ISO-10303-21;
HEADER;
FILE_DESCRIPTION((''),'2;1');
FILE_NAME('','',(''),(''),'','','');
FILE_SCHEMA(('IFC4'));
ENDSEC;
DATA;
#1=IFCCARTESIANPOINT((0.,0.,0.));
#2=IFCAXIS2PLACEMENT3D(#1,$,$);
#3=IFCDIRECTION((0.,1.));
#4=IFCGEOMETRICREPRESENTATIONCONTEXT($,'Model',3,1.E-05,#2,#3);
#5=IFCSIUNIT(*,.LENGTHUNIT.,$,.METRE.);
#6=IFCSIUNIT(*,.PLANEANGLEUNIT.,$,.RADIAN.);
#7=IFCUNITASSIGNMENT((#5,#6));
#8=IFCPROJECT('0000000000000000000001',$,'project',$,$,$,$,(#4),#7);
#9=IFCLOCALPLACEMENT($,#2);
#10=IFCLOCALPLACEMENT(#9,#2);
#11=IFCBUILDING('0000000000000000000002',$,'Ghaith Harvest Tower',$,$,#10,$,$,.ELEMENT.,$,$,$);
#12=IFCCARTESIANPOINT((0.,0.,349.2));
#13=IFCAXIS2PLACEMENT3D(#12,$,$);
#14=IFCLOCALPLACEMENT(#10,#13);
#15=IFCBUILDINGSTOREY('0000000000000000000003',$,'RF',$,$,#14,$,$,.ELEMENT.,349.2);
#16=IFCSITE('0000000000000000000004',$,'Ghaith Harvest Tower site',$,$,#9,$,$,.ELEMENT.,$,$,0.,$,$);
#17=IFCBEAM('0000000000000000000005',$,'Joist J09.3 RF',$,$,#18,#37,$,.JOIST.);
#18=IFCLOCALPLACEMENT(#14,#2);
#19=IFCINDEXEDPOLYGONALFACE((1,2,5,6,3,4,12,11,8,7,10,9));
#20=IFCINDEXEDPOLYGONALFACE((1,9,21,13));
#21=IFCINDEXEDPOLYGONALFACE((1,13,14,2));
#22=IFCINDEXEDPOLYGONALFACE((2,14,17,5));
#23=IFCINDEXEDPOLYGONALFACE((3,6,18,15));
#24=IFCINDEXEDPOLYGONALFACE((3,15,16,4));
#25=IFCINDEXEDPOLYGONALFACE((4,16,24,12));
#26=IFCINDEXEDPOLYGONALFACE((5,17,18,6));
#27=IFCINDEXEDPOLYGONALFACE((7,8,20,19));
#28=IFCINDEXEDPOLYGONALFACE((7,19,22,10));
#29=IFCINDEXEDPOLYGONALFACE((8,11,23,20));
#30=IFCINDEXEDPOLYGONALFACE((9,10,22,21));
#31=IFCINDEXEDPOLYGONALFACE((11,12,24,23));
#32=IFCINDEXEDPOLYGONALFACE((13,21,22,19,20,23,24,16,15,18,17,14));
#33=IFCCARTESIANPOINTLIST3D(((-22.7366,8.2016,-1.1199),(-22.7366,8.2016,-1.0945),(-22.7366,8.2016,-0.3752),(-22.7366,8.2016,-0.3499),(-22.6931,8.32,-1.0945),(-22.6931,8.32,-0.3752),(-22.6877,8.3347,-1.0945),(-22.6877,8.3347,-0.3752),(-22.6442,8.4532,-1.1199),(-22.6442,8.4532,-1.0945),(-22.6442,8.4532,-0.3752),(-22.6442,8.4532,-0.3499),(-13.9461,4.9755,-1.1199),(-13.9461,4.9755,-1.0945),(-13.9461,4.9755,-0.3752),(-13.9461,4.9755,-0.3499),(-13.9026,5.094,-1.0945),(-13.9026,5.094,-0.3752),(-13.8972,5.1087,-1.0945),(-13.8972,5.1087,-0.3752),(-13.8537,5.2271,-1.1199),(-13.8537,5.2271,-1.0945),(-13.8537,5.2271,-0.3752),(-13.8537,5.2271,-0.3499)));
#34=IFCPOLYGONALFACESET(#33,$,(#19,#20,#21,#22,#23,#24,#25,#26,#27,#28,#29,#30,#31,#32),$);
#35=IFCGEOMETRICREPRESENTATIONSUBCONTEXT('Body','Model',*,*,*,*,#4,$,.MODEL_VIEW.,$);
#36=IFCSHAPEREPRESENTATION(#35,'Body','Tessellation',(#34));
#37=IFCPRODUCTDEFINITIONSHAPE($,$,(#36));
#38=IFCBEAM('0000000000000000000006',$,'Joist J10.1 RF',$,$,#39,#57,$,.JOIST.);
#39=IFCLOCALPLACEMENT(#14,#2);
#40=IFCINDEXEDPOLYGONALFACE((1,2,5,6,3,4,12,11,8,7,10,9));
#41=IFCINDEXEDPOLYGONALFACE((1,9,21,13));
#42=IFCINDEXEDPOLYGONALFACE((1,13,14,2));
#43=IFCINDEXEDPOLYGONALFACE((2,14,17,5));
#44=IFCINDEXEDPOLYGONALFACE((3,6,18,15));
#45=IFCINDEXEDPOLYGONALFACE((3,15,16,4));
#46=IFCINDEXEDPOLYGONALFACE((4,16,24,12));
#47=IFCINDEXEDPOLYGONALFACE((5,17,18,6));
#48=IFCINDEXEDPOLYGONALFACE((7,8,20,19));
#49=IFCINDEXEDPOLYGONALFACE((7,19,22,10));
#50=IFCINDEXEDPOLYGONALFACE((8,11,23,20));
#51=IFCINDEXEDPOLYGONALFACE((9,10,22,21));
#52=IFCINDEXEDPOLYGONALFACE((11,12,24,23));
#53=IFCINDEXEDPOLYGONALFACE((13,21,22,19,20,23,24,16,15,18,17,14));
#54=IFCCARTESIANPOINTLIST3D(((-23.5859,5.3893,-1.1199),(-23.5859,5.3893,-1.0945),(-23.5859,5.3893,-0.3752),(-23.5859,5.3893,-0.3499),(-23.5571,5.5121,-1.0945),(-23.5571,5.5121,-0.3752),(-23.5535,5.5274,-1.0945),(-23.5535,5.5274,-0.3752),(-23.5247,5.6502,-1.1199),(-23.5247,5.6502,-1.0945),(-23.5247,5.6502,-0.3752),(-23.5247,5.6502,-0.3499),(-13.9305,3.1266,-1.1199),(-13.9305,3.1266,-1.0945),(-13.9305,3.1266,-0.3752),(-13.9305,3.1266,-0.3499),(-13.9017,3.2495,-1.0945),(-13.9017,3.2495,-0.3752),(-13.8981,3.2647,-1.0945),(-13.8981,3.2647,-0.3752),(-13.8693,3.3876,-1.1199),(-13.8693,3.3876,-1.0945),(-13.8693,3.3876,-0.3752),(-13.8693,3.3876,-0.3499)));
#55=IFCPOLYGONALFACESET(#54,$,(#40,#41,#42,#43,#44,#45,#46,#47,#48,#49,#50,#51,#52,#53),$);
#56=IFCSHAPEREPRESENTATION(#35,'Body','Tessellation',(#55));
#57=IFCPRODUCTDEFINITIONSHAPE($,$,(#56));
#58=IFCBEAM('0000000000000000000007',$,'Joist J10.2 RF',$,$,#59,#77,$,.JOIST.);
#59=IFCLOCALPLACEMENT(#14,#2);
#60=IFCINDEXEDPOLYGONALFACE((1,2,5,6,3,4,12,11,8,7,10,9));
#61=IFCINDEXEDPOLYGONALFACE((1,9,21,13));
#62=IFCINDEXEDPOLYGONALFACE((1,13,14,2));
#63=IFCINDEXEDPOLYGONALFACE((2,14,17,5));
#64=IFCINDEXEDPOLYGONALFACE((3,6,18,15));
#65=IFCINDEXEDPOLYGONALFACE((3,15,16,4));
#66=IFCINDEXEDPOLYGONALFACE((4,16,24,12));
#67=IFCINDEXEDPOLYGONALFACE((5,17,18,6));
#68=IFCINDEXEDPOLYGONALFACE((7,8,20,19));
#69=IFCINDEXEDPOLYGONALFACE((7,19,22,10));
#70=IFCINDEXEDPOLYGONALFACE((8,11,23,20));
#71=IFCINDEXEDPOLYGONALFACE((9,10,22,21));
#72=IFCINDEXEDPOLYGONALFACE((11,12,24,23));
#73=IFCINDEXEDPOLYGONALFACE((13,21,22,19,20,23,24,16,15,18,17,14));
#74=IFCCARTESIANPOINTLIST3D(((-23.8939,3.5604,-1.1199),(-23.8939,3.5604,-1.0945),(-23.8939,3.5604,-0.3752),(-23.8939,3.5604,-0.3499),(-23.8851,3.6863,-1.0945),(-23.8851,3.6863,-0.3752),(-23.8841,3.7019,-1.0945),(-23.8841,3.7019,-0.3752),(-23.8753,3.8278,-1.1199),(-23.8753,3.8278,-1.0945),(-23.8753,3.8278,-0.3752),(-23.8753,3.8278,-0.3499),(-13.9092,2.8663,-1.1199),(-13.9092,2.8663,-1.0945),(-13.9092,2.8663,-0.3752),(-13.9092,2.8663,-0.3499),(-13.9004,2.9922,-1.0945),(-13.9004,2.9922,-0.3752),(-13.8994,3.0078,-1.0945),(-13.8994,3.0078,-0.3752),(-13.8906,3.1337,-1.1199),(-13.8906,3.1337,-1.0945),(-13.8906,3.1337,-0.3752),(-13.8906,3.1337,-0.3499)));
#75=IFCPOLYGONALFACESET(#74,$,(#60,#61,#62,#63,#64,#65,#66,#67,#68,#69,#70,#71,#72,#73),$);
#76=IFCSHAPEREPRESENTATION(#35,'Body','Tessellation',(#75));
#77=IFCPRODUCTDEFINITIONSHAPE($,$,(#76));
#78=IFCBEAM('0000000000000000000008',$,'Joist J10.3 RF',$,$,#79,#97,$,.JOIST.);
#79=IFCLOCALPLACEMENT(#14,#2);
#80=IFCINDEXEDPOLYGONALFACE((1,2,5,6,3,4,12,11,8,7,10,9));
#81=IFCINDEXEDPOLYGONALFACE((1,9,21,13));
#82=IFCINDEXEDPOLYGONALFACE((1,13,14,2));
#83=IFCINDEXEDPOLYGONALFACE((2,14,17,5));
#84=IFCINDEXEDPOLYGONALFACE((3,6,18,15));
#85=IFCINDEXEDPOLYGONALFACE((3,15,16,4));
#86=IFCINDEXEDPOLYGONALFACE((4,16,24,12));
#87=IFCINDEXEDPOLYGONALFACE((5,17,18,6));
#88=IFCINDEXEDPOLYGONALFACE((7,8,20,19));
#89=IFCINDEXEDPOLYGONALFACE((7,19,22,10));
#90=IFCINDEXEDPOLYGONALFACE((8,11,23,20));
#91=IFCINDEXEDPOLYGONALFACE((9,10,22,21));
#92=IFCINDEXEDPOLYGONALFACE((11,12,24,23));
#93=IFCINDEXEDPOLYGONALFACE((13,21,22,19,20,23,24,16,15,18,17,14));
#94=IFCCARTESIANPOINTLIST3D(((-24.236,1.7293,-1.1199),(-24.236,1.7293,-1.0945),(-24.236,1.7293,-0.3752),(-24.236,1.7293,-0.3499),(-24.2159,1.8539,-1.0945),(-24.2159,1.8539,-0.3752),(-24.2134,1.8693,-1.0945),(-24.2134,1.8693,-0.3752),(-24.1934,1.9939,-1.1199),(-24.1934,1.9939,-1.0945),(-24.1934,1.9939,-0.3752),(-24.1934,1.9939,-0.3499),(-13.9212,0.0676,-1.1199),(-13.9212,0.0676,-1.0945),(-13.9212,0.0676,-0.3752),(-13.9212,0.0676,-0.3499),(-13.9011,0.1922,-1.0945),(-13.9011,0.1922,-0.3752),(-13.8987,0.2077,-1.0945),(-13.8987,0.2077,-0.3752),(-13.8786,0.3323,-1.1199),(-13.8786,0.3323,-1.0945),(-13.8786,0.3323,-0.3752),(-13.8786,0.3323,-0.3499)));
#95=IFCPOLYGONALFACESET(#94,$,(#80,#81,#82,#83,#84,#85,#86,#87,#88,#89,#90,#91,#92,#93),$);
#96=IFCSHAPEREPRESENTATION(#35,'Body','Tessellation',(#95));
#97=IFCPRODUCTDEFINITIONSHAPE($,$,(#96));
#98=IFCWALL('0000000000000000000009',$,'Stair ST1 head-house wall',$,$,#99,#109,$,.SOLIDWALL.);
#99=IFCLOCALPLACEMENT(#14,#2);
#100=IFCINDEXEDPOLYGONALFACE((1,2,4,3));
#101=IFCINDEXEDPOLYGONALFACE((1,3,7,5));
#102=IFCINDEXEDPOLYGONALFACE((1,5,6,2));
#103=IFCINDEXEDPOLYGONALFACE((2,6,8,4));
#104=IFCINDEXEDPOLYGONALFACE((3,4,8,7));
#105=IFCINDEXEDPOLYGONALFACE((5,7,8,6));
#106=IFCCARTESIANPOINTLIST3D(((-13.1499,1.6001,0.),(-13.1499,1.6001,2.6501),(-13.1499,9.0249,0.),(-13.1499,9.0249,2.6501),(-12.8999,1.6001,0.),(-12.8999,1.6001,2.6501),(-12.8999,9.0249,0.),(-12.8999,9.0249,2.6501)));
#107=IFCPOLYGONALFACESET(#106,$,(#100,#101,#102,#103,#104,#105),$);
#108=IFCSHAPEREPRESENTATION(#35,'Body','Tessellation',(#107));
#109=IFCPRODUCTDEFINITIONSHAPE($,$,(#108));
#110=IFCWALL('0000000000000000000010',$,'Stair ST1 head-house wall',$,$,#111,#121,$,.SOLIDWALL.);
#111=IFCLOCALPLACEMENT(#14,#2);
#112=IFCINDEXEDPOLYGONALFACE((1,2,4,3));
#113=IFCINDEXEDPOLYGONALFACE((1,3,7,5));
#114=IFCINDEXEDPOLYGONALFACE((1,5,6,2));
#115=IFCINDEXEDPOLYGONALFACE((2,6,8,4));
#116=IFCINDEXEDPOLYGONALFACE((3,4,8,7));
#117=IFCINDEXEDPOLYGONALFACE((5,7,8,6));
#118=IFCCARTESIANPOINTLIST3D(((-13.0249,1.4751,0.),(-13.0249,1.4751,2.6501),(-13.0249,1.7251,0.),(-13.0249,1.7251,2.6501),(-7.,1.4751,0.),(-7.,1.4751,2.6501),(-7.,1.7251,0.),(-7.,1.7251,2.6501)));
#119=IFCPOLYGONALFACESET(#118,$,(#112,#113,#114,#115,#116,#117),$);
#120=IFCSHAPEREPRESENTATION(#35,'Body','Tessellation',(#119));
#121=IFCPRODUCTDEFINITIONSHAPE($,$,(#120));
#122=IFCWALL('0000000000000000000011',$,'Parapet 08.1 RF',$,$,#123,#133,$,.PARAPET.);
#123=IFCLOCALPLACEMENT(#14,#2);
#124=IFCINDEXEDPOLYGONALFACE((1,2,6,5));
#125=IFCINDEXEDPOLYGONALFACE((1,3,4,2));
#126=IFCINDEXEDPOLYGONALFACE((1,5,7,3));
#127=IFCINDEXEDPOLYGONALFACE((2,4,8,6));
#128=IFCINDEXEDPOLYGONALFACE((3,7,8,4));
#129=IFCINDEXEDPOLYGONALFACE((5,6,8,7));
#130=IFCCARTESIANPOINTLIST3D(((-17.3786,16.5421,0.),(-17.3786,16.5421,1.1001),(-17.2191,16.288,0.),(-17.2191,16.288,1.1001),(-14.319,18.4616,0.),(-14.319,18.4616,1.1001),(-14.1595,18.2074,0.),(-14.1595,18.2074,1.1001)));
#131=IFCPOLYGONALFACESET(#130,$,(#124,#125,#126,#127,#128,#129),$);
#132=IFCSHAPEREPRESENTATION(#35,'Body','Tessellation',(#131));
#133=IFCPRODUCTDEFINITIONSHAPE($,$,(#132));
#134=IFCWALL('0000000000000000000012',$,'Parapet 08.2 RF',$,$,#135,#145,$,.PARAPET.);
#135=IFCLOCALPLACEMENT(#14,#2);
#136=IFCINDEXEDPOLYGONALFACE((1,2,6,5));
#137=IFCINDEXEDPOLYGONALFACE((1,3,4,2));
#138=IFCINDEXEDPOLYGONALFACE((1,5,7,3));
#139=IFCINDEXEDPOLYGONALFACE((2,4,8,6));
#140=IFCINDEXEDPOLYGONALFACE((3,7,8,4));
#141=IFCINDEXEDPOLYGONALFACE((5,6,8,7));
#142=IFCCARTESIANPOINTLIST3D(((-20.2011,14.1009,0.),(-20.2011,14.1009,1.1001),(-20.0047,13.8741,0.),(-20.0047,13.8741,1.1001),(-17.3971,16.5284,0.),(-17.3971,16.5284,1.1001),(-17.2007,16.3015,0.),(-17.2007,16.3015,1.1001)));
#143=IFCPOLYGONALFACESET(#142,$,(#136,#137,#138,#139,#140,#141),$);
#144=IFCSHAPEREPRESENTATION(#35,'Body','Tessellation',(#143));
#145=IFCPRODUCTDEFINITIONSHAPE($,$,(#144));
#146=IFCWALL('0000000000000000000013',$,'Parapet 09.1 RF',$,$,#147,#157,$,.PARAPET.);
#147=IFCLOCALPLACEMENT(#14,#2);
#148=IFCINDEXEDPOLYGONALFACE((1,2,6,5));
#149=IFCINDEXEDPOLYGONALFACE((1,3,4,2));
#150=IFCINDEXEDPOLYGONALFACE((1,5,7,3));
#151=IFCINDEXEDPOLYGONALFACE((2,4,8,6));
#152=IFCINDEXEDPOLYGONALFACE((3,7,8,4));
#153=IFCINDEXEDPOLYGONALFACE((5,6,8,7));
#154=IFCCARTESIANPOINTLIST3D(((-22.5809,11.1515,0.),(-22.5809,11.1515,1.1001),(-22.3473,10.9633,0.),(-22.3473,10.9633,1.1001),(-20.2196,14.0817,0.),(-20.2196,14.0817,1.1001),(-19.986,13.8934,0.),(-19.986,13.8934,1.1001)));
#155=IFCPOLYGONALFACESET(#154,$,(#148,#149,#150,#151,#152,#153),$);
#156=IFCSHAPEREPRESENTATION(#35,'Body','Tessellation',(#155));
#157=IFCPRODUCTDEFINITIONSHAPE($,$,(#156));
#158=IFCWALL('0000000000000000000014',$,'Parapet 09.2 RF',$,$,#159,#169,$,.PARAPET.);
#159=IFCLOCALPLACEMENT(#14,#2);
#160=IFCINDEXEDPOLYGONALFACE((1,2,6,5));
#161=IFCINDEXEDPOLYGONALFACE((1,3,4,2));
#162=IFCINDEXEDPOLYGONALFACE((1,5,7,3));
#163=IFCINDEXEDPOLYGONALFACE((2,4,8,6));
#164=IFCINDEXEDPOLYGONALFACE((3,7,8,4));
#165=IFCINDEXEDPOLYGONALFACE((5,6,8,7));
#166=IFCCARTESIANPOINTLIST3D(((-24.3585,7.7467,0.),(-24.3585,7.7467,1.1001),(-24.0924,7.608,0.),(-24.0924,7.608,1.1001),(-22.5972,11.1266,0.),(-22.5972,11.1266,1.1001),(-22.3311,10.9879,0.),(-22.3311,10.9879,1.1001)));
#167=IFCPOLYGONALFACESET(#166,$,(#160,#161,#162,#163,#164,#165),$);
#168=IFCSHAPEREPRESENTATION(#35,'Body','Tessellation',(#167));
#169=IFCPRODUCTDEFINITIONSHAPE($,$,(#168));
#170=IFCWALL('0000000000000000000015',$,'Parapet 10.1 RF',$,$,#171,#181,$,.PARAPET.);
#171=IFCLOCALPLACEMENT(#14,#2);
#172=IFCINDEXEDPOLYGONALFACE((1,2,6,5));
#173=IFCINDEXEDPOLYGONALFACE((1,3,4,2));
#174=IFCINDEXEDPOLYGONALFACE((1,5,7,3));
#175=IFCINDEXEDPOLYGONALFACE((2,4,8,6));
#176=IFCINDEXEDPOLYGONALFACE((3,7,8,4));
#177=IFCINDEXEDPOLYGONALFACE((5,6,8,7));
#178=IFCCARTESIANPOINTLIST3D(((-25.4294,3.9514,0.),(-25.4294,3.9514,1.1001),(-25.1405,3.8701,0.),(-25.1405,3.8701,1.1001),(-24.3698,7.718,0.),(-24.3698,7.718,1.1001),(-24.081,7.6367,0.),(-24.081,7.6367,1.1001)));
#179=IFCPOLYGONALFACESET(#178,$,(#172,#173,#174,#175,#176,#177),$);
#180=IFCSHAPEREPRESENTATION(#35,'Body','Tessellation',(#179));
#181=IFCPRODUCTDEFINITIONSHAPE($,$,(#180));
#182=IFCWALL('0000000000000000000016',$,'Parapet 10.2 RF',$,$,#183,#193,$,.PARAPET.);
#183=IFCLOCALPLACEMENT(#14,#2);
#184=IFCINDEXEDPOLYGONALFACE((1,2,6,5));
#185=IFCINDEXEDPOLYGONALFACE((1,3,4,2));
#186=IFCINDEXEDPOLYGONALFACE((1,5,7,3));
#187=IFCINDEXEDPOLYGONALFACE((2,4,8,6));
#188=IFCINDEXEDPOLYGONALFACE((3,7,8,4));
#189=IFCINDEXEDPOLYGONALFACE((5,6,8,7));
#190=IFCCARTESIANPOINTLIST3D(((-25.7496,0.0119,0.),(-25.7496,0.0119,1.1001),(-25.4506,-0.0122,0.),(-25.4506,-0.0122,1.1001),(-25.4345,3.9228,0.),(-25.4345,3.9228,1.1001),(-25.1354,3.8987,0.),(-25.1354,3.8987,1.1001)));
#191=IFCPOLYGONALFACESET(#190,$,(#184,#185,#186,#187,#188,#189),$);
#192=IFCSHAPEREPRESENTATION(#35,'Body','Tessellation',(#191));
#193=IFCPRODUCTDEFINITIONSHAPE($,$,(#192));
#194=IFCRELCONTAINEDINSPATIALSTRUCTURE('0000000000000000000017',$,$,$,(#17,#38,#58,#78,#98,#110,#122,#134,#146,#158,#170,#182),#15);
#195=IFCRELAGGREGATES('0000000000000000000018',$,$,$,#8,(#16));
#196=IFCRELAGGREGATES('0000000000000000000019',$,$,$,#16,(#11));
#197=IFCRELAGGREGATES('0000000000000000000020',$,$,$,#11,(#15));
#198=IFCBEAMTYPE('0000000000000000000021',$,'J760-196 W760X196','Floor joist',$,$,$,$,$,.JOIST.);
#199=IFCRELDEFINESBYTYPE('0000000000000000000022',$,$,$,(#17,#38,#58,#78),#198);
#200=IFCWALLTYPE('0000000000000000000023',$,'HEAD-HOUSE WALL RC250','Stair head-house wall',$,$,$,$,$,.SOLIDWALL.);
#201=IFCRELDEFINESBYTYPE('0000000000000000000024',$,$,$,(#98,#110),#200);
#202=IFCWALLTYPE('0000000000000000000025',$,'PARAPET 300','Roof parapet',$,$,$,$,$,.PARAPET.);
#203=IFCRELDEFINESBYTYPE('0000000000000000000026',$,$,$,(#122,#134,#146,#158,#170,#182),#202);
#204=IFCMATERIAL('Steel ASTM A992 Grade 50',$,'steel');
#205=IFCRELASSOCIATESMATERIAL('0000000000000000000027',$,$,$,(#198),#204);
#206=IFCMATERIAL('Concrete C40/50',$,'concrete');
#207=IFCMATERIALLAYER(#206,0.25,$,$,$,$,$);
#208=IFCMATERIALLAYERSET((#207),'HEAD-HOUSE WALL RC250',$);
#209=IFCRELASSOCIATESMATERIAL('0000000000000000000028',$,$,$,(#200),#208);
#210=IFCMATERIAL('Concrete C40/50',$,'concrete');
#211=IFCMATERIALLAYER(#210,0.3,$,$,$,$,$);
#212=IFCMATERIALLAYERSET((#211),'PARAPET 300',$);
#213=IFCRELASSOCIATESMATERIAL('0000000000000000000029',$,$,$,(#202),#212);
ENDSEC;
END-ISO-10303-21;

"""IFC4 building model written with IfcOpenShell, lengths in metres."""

from ifc_helpers import new_model, si_unit, direction, frame, frame_2d, origin, origin_2d, place, context, subcontext, project, spatial, rectangle, i_section, extrude, material, layer, layer_set, material_profile, profile_set, type_object, element, save


model = new_model("IFC4")

# Units and contexts
model_context = context("Model", 3, precision=1e-05, world=origin(), true_north=direction((0.0, 1.0)))
body_context = subcontext(model_context, "Body", "Model", "MODEL_VIEW")
ifc_project = project(units=[si_unit("LENGTHUNIT", "METRE"), si_unit("PLANEANGLEUNIT", "RADIAN")], contexts=[model_context])

# Site, building, storey
site_placement = place(None, origin())
site = spatial("IfcSite", under=ifc_project, at=site_placement, Name="Ghaith Harvest Tower site", CompositionType="ELEMENT", RefElevation=0.0)
building_placement = place(site_placement, origin())
building = spatial("IfcBuilding", under=site, at=building_placement, Name="Ghaith Harvest Tower", CompositionType="ELEMENT")
storey_placement = place(building_placement, frame((0.0, 0.0, 349.2)))
storey = spatial("IfcBuildingStorey", under=building, at=storey_placement, Name="RF", CompositionType="ELEMENT", Elevation=349.2)

# Beams
ifc_material_1 = material(Name="Steel ASTM A992 Grade 50", Category="steel")
ifc_material_profile_1 = material_profile(ifc_material_1, i_section(OverallWidth=0.2681, OverallDepth=0.77, WebThickness=0.0156, FlangeThickness=0.0254, at=origin_2d()), Name="W760X196")
ifc_profile_set_1 = profile_set([ifc_material_profile_1], Name="Steel ASTM A992 Grade 50")
beam_type_1 = type_object("IfcBeamType", Name="J760-196 W760X196", Description="Floor joist", PredefinedType="JOIST", material=ifc_profile_set_1)
beam_1_placement = place(storey_placement, frame((-13.8999, 5.1013, -0.7349), z_axis=(-0.938777, 0.344526, 0.0), x_axis=(-0.344526, -0.938777, 0.0)))
element("IfcBeam", 1, at=beam_1_placement, inside=storey, type_object=beam_type_1, Name="Joist J09.3 RF", PredefinedType="JOIST", context=body_context, shape_type="SweptSolid", body=[
    extrude(i_section(OverallWidth=0.2681, OverallDepth=0.77, WebThickness=0.0156, FlangeThickness=0.0254, at=origin_2d()), origin(), (0.0, 0.0, 1.0), 9.3638),
])
beam_2_placement = place(storey_placement, frame((-13.8999, 3.2571, -0.7349), z_axis=(-0.973623, 0.228161, 0.0), x_axis=(-0.228161, -0.973623, 0.0)))
element("IfcBeam", 2, at=beam_2_placement, inside=storey, type_object=beam_type_1, Name="Joist J10.1 RF", PredefinedType="JOIST", context=body_context, shape_type="SweptSolid", body=[
    extrude(i_section(OverallWidth=0.2681, OverallDepth=0.77, WebThickness=0.0156, FlangeThickness=0.0254, at=origin_2d()), origin(), (0.0, 0.0, 1.0), 9.917),
])
beam_3_placement = place(storey_placement, frame((-13.8999, 3.0, -0.7349), z_axis=(-0.997592, 0.069349, 0.0), x_axis=(-0.069349, -0.997592, 0.0)))
element("IfcBeam", 3, at=beam_3_placement, inside=storey, type_object=beam_type_1, Name="Joist J10.2 RF", PredefinedType="JOIST", context=body_context, shape_type="SweptSolid", body=[
    extrude(i_section(OverallWidth=0.2681, OverallDepth=0.77, WebThickness=0.0156, FlangeThickness=0.0254, at=origin_2d()), origin(), (0.0, 0.0, 1.0), 10.0088),
])
beam_4_placement = place(storey_placement, frame((-13.8999, 0.2, -0.7349), z_axis=(-0.987272, 0.159042, 0.0), x_axis=(-0.159042, -0.987272, 0.0)))
element("IfcBeam", 4, at=beam_4_placement, inside=storey, type_object=beam_type_1, Name="Joist J10.3 RF", PredefinedType="JOIST", context=body_context, shape_type="SweptSolid", body=[
    extrude(i_section(OverallWidth=0.2681, OverallDepth=0.77, WebThickness=0.0156, FlangeThickness=0.0254, at=origin_2d()), origin(), (0.0, 0.0, 1.0), 10.4478),
])

# Walls
ifc_material_2 = material(Name="Concrete C40/50", Category="concrete")
ifc_layer_1 = layer(ifc_material_2, 0.25)
ifc_layer_set_1 = layer_set([ifc_layer_1], Name="HEAD-HOUSE WALL RC250")
wall_type_1 = type_object("IfcWallType", Name="HEAD-HOUSE WALL RC250", Description="Stair head-house wall", PredefinedType="SOLIDWALL", material=ifc_layer_set_1)
wall_1_placement = place(storey_placement, frame((-13.0249, 9.0249, 0.0), z_axis=(0.0, 0.0, 1.0), x_axis=(0.0, -1.0, 0.0)))
element("IfcWall", 5, at=wall_1_placement, inside=storey, type_object=wall_type_1, Name="Stair ST1 head-house wall", PredefinedType="SOLIDWALL", context=body_context, shape_type="SweptSolid", body=[
    extrude(rectangle(XDim=7.4248, YDim=0.25, at=frame_2d((3.7124, 0.0))), origin(), (0.0, 0.0, 1.0), 2.6501),
])
wall_2_placement = place(storey_placement, frame((-13.0249, 1.6001, 0.0), z_axis=(0.0, 0.0, 1.0), x_axis=(1.0, 0.0, 0.0)))
element("IfcWall", 6, at=wall_2_placement, inside=storey, type_object=wall_type_1, Name="Stair ST1 head-house wall", PredefinedType="SOLIDWALL", context=body_context, shape_type="SweptSolid", body=[
    extrude(rectangle(XDim=6.0249, YDim=0.25, at=frame_2d((3.0125, 0.0))), origin(), (0.0, 0.0, 1.0), 2.6501),
])
ifc_material_3 = material(Name="Concrete C40/50", Category="concrete")
ifc_layer_2 = layer(ifc_material_3, 0.3)
ifc_layer_set_2 = layer_set([ifc_layer_2], Name="PARAPET 300")
wall_type_2 = type_object("IfcWallType", Name="PARAPET 300", Description="Roof parapet", PredefinedType="PARAPET", material=ifc_layer_set_2)
wall_3_placement = place(storey_placement, frame((-14.2393, 18.3345, 0.0), z_axis=(0.0, 0.0, 1.0), x_axis=(-0.847101, -0.531432, 0.0)))
element("IfcWall", 7, at=wall_3_placement, inside=storey, type_object=wall_type_2, Name="Parapet 08.1 RF", PredefinedType="PARAPET", context=body_context, shape_type="SweptSolid", body=[
    extrude(rectangle(XDim=3.6118, YDim=0.3, at=frame_2d((1.8059, 0.0))), origin(), (0.0, 0.0, 1.0), 1.1001),
])
wall_4_placement = place(storey_placement, frame((-17.2988, 16.415, 0.0), z_axis=(0.0, 0.0, 1.0), x_axis=(-0.756036, -0.654529, 0.0)))
element("IfcWall", 8, at=wall_4_placement, inside=storey, type_object=wall_type_2, Name="Parapet 08.2 RF", PredefinedType="PARAPET", context=body_context, shape_type="SweptSolid", body=[
    extrude(rectangle(XDim=3.7087, YDim=0.3, at=frame_2d((1.8545, 0.0))), origin(), (0.0, 0.0, 1.0), 1.1001),
])
wall_5_placement = place(storey_placement, frame((-20.1028, 13.9875, 0.0), z_axis=(0.0, 0.0, 1.0), x_axis=(-0.627476, -0.778636, 0.0)))
element("IfcWall", 9, at=wall_5_placement, inside=storey, type_object=wall_type_2, Name="Parapet 09.1 RF", PredefinedType="PARAPET", context=body_context, shape_type="SweptSolid", body=[
    extrude(rectangle(XDim=3.7632, YDim=0.3, at=frame_2d((1.8816, 0.0))), origin(), (0.0, 0.0, 1.0), 1.1001),
])
wall_6_placement = place(storey_placement, frame((-22.4641, 11.0574, 0.0), z_axis=(0.0, 0.0, 1.0), x_axis=(-0.462115, -0.88682, 0.0)))
element("IfcWall", 10, at=wall_6_placement, inside=storey, type_object=wall_type_2, Name="Parapet 09.2 RF", PredefinedType="PARAPET", context=body_context, shape_type="SweptSolid", body=[
    extrude(rectangle(XDim=3.8113, YDim=0.3, at=frame_2d((1.9058, 0.0))), origin(), (0.0, 0.0, 1.0), 1.1001),
])
wall_7_placement = place(storey_placement, frame((-24.2253, 7.6775, 0.0), z_axis=(0.0, 0.0, 1.0), x_axis=(-0.270796, -0.962637, 0.0)))
element("IfcWall", 11, at=wall_7_placement, inside=storey, type_object=wall_type_2, Name="Parapet 10.1 RF", PredefinedType="PARAPET", context=body_context, shape_type="SweptSolid", body=[
    extrude(rectangle(XDim=3.9128, YDim=0.3, at=frame_2d((1.9565, 0.0))), origin(), (0.0, 0.0, 1.0), 1.1001),
])
wall_8_placement = place(storey_placement, frame((-25.2849, 3.9109, 0.0), z_axis=(0.0, 0.0, 1.0), x_axis=(-0.080331, -0.996768, 0.0)))
element("IfcWall", 12, at=wall_8_placement, inside=storey, type_object=wall_type_2, Name="Parapet 10.2 RF", PredefinedType="PARAPET", context=body_context, shape_type="SweptSolid", body=[
    extrude(rectangle(XDim=3.9236, YDim=0.3, at=frame_2d((1.9619, 0.0))), origin(), (0.0, 0.0, 1.0), 1.1001),
])

save(model, "model.ifc")
